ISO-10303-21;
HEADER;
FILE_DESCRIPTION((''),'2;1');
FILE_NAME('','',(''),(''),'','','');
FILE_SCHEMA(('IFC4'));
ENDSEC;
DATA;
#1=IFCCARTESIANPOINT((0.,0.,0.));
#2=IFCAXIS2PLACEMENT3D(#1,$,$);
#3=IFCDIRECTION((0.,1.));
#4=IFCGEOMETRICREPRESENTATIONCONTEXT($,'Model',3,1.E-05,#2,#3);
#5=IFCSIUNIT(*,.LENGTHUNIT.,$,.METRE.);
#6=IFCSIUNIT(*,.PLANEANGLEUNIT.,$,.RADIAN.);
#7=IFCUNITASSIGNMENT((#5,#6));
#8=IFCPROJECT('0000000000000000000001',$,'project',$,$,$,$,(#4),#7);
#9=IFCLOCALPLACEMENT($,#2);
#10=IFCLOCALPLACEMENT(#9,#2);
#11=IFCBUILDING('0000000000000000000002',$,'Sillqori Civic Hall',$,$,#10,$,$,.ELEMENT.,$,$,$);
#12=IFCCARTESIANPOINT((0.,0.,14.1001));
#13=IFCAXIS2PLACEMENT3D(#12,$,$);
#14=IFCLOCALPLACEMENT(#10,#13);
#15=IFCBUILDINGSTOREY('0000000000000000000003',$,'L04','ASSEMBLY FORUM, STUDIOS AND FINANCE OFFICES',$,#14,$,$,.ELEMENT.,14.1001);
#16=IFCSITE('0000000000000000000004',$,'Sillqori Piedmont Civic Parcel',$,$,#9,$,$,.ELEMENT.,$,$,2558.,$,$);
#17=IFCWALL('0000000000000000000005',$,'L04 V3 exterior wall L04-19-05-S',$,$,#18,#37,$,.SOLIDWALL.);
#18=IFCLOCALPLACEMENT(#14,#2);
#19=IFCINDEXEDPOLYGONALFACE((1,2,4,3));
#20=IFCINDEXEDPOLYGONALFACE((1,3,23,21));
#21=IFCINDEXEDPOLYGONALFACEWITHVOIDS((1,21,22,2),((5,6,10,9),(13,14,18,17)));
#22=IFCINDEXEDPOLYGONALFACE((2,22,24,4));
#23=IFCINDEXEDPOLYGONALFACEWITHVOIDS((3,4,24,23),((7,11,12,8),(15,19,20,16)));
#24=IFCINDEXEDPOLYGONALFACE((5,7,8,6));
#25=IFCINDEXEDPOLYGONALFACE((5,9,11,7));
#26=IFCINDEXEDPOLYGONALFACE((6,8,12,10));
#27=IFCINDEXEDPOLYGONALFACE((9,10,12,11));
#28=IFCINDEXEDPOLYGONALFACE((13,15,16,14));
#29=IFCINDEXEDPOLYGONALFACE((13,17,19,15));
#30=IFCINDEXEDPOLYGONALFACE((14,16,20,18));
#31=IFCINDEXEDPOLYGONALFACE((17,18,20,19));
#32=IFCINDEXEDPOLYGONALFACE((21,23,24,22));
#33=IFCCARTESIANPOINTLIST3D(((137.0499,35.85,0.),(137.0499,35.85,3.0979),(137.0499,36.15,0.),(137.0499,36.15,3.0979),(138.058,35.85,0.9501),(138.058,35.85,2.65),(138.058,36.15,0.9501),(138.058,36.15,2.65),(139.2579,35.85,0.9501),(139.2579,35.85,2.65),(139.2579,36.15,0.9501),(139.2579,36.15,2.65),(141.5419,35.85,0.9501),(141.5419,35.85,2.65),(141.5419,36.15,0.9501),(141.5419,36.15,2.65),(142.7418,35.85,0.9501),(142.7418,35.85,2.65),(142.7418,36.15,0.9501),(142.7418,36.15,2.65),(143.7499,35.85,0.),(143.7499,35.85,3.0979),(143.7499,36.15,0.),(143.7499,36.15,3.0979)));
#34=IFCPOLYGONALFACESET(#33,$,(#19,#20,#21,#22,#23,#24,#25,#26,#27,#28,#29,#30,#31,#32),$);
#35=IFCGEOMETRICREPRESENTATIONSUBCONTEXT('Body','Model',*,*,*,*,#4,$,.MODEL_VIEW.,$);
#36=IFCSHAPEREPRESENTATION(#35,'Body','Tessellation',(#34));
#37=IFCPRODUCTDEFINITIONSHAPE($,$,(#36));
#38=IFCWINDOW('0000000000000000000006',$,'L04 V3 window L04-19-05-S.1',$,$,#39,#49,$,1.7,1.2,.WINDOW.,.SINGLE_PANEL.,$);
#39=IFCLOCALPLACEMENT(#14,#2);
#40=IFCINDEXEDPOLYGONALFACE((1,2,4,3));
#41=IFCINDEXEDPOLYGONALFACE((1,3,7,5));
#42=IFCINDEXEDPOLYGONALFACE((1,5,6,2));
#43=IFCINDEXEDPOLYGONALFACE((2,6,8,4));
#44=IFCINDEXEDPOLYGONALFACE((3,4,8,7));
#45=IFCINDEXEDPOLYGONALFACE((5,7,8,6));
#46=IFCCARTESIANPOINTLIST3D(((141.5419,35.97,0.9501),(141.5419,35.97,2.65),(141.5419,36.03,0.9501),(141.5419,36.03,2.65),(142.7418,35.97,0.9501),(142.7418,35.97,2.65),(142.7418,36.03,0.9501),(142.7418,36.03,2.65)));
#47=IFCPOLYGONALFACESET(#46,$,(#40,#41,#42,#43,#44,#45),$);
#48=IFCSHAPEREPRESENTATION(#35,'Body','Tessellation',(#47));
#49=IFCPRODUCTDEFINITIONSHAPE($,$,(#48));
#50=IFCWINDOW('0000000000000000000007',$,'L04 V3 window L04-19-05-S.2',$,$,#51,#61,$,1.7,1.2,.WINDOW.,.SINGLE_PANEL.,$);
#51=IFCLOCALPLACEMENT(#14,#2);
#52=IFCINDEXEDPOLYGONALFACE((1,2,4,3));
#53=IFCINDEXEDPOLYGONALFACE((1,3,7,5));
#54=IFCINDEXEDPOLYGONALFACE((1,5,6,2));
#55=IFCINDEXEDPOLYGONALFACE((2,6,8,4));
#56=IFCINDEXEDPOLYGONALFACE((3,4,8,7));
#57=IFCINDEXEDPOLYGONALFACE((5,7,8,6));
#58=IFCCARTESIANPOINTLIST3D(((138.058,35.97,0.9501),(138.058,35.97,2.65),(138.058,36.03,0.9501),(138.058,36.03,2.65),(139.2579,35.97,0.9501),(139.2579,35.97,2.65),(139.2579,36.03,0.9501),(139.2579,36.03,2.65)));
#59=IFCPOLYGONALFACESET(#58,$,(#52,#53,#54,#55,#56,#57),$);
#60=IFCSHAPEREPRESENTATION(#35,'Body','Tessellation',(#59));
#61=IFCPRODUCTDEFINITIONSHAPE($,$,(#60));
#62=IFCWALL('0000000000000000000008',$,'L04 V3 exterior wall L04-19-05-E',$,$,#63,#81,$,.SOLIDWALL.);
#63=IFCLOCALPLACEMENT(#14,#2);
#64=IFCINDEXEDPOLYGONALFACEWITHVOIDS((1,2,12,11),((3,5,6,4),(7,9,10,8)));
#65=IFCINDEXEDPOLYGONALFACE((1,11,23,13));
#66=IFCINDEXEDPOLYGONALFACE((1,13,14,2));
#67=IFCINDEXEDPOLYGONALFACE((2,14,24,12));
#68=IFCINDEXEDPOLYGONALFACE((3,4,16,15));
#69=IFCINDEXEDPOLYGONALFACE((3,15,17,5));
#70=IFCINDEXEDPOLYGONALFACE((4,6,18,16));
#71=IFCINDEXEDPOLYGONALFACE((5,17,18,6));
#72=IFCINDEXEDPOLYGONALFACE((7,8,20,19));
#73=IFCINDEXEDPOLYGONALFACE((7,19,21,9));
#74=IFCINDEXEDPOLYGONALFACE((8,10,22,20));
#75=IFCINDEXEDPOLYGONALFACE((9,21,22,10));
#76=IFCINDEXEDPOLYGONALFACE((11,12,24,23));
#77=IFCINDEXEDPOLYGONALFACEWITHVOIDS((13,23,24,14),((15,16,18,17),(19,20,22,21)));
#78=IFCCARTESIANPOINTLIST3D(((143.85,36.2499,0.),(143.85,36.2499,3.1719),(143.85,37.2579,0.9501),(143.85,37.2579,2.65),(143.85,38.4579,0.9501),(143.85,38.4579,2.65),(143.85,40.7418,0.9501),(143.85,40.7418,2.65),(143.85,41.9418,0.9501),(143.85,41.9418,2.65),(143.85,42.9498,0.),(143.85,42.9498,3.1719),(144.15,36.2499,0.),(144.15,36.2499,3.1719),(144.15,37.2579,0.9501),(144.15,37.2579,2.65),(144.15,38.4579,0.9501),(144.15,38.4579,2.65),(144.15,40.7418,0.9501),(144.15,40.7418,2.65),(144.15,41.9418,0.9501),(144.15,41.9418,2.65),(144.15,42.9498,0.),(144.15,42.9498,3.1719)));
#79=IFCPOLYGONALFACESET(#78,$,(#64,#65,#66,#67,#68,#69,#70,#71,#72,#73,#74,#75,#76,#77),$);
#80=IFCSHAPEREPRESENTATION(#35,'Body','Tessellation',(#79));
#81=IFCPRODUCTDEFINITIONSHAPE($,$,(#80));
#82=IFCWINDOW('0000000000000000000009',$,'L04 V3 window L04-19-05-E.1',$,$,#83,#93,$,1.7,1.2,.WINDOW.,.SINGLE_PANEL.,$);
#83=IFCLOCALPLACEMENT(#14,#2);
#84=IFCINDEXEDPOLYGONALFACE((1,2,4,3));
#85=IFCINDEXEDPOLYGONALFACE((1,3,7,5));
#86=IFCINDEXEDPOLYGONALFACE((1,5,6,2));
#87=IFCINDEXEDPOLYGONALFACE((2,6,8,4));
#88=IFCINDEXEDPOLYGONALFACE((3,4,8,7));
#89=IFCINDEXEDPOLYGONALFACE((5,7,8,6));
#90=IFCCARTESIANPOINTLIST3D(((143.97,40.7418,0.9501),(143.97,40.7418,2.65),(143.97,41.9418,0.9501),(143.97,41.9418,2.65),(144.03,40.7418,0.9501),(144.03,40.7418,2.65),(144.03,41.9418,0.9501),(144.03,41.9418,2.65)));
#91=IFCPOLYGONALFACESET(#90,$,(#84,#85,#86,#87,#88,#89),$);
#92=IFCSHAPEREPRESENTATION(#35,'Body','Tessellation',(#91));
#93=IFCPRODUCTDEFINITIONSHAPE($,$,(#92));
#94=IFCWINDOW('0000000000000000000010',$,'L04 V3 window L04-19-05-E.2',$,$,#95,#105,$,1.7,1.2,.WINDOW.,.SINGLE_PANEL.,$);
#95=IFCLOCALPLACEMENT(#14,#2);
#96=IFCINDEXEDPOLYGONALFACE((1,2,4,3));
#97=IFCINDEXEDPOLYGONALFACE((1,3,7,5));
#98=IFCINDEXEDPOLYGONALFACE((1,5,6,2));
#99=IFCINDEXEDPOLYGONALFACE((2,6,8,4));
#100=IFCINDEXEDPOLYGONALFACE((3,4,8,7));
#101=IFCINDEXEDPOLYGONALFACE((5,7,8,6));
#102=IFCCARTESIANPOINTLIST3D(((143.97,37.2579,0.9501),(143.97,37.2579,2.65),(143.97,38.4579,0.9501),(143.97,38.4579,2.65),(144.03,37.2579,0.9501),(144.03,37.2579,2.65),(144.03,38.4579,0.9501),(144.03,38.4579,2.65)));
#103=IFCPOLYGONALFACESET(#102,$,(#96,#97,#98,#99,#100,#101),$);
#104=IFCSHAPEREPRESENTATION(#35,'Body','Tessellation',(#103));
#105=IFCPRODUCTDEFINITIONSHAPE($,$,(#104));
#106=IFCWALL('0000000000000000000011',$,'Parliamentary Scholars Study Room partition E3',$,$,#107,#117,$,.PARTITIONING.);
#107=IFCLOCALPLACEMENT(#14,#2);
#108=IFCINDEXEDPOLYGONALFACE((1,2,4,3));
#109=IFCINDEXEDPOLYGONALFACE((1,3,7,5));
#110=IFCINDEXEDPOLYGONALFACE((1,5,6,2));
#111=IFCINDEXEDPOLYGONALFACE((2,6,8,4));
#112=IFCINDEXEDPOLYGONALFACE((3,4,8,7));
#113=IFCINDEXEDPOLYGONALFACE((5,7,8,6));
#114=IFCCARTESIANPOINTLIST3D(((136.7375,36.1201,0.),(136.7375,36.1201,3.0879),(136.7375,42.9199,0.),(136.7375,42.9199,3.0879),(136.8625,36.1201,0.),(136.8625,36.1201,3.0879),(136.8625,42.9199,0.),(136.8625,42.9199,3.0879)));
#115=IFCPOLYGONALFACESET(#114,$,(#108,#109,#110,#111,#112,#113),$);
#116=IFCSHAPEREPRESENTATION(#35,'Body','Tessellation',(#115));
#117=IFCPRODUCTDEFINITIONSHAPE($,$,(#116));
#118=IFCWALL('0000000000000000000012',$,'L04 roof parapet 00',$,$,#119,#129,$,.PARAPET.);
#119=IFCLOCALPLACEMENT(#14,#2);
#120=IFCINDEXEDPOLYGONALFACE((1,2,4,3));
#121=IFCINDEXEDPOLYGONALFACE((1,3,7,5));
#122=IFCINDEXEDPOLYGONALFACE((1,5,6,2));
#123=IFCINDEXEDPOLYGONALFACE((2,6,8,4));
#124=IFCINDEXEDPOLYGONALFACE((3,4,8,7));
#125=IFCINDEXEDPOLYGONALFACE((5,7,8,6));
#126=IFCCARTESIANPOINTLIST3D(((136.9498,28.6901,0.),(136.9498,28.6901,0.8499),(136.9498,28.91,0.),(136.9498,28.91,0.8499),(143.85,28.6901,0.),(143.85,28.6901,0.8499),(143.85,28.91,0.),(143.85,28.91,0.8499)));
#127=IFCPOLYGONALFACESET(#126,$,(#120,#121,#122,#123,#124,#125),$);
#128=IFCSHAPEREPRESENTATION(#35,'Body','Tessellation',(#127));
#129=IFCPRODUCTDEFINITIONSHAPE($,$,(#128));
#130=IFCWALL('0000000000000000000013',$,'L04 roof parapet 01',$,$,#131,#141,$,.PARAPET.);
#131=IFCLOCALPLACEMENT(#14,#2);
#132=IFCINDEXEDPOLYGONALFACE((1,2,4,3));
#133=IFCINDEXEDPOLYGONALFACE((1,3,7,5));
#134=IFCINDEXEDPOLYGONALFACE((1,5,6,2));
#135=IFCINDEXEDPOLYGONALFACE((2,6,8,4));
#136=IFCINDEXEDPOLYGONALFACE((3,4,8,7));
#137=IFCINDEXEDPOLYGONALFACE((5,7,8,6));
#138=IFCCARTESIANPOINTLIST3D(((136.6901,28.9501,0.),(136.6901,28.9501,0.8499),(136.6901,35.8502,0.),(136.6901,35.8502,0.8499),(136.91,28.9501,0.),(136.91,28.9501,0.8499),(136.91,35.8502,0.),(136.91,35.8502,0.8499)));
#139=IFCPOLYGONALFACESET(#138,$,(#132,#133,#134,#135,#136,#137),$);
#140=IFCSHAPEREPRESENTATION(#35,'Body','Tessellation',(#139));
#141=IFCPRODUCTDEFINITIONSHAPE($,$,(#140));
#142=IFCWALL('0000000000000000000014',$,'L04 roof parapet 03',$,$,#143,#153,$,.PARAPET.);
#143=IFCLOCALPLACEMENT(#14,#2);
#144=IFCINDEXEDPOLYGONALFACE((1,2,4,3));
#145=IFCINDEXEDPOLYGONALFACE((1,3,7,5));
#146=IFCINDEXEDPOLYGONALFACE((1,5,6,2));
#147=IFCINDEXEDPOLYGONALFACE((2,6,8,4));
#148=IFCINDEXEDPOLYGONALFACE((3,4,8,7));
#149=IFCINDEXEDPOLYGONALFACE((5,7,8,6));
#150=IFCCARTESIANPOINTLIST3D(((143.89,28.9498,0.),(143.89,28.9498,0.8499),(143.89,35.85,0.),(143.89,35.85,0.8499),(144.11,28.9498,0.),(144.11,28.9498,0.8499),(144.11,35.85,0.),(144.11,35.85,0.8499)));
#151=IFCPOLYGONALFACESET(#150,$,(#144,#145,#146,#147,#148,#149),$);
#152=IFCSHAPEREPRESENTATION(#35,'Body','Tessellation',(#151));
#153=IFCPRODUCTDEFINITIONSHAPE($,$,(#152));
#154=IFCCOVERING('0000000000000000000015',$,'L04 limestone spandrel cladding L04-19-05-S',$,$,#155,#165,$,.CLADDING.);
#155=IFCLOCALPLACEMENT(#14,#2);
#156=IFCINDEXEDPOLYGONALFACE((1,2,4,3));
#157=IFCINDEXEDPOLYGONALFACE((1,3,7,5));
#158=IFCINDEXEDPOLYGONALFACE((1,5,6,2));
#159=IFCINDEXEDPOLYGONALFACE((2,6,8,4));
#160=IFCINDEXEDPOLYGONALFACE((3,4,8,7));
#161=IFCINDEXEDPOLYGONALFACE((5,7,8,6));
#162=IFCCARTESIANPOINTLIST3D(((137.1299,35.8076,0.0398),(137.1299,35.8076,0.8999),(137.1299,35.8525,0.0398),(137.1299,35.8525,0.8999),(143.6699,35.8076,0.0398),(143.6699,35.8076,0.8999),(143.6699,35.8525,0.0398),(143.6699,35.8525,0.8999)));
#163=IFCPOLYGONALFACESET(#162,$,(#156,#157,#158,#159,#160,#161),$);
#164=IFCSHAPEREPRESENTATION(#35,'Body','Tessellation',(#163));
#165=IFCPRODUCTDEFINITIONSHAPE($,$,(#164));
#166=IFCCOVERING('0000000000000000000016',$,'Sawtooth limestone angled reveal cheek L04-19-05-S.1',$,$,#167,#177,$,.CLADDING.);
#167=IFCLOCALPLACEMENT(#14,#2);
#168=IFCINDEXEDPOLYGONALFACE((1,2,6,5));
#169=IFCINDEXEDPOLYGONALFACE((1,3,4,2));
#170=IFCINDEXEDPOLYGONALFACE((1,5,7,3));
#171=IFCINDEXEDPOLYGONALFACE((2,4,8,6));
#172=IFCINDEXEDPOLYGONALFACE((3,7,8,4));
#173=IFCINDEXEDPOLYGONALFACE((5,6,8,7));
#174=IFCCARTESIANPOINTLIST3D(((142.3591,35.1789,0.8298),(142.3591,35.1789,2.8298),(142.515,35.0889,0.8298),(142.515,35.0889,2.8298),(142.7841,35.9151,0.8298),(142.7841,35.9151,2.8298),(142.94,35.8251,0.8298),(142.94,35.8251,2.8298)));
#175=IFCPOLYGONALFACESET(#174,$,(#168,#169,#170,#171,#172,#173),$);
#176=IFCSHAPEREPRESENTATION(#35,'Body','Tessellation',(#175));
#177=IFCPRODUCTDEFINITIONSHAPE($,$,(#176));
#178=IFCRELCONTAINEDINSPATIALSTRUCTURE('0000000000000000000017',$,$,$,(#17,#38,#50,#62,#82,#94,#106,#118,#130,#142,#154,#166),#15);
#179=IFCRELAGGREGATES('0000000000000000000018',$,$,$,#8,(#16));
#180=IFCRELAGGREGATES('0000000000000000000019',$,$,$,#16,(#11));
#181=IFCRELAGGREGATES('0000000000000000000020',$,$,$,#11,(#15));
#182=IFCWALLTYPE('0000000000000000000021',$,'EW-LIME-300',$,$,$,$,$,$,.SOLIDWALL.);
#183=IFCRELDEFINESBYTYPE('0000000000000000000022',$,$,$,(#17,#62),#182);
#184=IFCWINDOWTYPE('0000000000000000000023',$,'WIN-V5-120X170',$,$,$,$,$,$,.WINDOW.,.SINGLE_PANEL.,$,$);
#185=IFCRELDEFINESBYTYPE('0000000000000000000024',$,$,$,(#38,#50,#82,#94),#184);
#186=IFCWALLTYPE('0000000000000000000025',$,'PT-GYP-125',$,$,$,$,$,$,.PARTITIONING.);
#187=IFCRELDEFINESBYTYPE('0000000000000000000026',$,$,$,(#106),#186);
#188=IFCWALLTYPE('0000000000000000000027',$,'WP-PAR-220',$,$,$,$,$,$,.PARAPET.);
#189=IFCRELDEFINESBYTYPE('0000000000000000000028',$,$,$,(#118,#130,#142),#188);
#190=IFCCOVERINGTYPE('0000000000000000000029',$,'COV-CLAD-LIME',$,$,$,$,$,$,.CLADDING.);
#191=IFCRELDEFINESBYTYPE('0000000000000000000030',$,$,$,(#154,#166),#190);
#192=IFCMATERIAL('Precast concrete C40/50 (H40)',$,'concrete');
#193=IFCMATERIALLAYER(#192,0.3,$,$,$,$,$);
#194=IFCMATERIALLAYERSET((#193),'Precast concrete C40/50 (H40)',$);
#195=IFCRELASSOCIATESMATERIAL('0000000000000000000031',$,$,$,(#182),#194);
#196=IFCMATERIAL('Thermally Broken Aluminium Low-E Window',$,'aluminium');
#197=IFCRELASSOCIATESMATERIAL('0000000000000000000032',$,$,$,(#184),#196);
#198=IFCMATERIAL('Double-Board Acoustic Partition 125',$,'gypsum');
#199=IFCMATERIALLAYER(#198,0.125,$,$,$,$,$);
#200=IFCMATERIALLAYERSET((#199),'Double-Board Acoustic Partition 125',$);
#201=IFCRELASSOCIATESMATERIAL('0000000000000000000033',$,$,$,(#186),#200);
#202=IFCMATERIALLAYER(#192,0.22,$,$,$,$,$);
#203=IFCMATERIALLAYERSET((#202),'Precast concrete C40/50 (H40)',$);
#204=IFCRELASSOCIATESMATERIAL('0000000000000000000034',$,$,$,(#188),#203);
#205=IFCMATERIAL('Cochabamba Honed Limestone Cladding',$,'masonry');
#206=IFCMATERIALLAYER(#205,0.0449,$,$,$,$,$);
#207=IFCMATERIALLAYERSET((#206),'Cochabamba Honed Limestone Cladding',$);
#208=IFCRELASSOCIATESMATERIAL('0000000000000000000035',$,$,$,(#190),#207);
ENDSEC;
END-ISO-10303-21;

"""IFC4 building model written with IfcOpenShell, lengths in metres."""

from ifc_helpers import new_model, si_unit, direction, frame, frame_2d, origin, place, context, subcontext, project, spatial, rectangle, extrude, material, layer, layer_set, type_object, element, fill, save


model = new_model("IFC4")

# Units and contexts
model_context = context("Model", 3, precision=1e-05, world=origin(), true_north=direction((0.0, 1.0)))
body_context = subcontext(model_context, "Body", "Model", "MODEL_VIEW")
ifc_project = project(units=[si_unit("LENGTHUNIT", "METRE"), si_unit("PLANEANGLEUNIT", "RADIAN")], contexts=[model_context])

# Site, building, storey
site_placement = place(None, origin())
site = spatial("IfcSite", under=ifc_project, at=site_placement, Name="Sillqori Piedmont Civic Parcel", CompositionType="ELEMENT", RefElevation=2558.0)
building_placement = place(site_placement, origin())
building = spatial("IfcBuilding", under=site, at=building_placement, Name="Sillqori Civic Hall", CompositionType="ELEMENT")
storey_placement = place(building_placement, frame((0.0, 0.0, 14.1001)))
storey = spatial("IfcBuildingStorey", under=building, at=storey_placement, Name="L04", Description="ASSEMBLY FORUM, STUDIOS AND FINANCE OFFICES", CompositionType="ELEMENT", Elevation=14.1001)

# Shared definitions
ifc_material_1 = material(Name="Precast concrete C40/50 (H40)", Category="concrete")

# Shared definitions
ifc_layer_1 = layer(ifc_material_1, 0.3)
ifc_layer_set_1 = layer_set([ifc_layer_1], Name="Precast concrete C40/50 (H40)")
wall_type_1 = type_object("IfcWallType", Name="EW-LIME-300", PredefinedType="SOLIDWALL", material=ifc_layer_set_1)

# Walls, openings, windows
wall_1_placement = place(storey_placement, frame((143.75, 36.0, 0.0), z_axis=(0.0, 0.0, 1.0), x_axis=(-1.0, 0.0, 0.0)))
wall_1 = element("IfcWall", 1, at=wall_1_placement, inside=storey, type_object=wall_type_1, Name="L04 V3 exterior wall L04-19-05-S", PredefinedType="SOLIDWALL", context=body_context, shape_type="SweptSolid", body=[
    extrude(rectangle(XDim=6.7, YDim=0.3, at=frame_2d((3.3501, 0.0))), origin(), (0.0, 0.0, 1.0), 3.0979),
])
opening_1_placement = place(wall_1_placement, frame((1.0081, 0.0, 0.95)))
opening_1 = element("IfcOpeningElement", 2, at=opening_1_placement, cuts=wall_1, PredefinedType="OPENING", context=body_context, shape_type="SweptSolid", body=[
    extrude(rectangle(XDim=1.2, YDim=1.7, at=frame_2d((0.6001, 0.8501))), frame((0.0, 0.1599, 0.0), z_axis=(0.0, -1.0, 0.0), x_axis=(1.0, 0.0, 0.0)), (0.0, 0.0, 1.0), 0.3201),
])
opening_2_placement = place(wall_1_placement, frame((4.4919, 0.0, 0.95)))
opening_2 = element("IfcOpeningElement", 3, at=opening_2_placement, cuts=wall_1, PredefinedType="OPENING", context=body_context, shape_type="SweptSolid", body=[
    extrude(rectangle(XDim=1.2, YDim=1.7, at=frame_2d((0.6001, 0.8501))), frame((0.0, 0.1599, 0.0), z_axis=(0.0, -1.0, 0.0), x_axis=(1.0, 0.0, 0.0)), (0.0, 0.0, 1.0), 0.3201),
])
ifc_material_2 = material(Name="Thermally Broken Aluminium Low-E Window", Category="aluminium")
window_type = type_object("IfcWindowType", Name="WIN-V5-120X170", PartitioningType="SINGLE_PANEL", PredefinedType="WINDOW", material=ifc_material_2)
window_1_placement = place(opening_1_placement, origin())
window_1 = element("IfcWindow", 4, at=window_1_placement, inside=storey, type_object=window_type, Name="L04 V3 window L04-19-05-S.1", OverallHeight=1.7, OverallWidth=1.2, PartitioningType="SINGLE_PANEL", PredefinedType="WINDOW", context=body_context, shape_type="SweptSolid", body=[
    extrude(rectangle(XDim=1.2, YDim=1.7, at=frame_2d((0.6001, 0.8501))), frame((0.0, 0.03, 0.0), z_axis=(0.0, -1.0, 0.0), x_axis=(1.0, 0.0, 0.0)), (0.0, 0.0, 1.0), 0.0601),
])
fill(opening_1, window_1)
window_2_placement = place(opening_2_placement, origin())
window_2 = element("IfcWindow", 5, at=window_2_placement, inside=storey, type_object=window_type, Name="L04 V3 window L04-19-05-S.2", OverallHeight=1.7, OverallWidth=1.2, PartitioningType="SINGLE_PANEL", PredefinedType="WINDOW", context=body_context, shape_type="SweptSolid", body=[
    extrude(rectangle(XDim=1.2, YDim=1.7, at=frame_2d((0.6001, 0.8501))), frame((0.0, 0.03, 0.0), z_axis=(0.0, -1.0, 0.0), x_axis=(1.0, 0.0, 0.0)), (0.0, 0.0, 1.0), 0.0601),
])
fill(opening_2, window_2)
wall_2_placement = place(storey_placement, frame((144.0, 42.95, 0.0), z_axis=(0.0, 0.0, 1.0), x_axis=(0.0, -1.0, 0.0)))
wall_2 = element("IfcWall", 6, at=wall_2_placement, inside=storey, type_object=wall_type_1, Name="L04 V3 exterior wall L04-19-05-E", PredefinedType="SOLIDWALL", context=body_context, shape_type="SweptSolid", body=[
    extrude(rectangle(XDim=6.7, YDim=0.3, at=frame_2d((3.3501, 0.0))), origin(), (0.0, 0.0, 1.0), 3.1719),
])
opening_3_placement = place(wall_2_placement, frame((1.0081, 0.0, 0.95)))
opening_3 = element("IfcOpeningElement", 7, at=opening_3_placement, cuts=wall_2, PredefinedType="OPENING", context=body_context, shape_type="SweptSolid", body=[
    extrude(rectangle(XDim=1.2, YDim=1.7, at=frame_2d((0.6001, 0.8501))), frame((0.0, 0.1599, 0.0), z_axis=(0.0, -1.0, 0.0), x_axis=(1.0, 0.0, 0.0)), (0.0, 0.0, 1.0), 0.3201),
])
opening_4_placement = place(wall_2_placement, frame((4.4919, 0.0, 0.95)))
opening_4 = element("IfcOpeningElement", 8, at=opening_4_placement, cuts=wall_2, PredefinedType="OPENING", context=body_context, shape_type="SweptSolid", body=[
    extrude(rectangle(XDim=1.2, YDim=1.7, at=frame_2d((0.6001, 0.8501))), frame((0.0, 0.1599, 0.0), z_axis=(0.0, -1.0, 0.0), x_axis=(1.0, 0.0, 0.0)), (0.0, 0.0, 1.0), 0.3201),
])
window_3_placement = place(opening_3_placement, origin())
window_3 = element("IfcWindow", 9, at=window_3_placement, inside=storey, type_object=window_type, Name="L04 V3 window L04-19-05-E.1", OverallHeight=1.7, OverallWidth=1.2, PartitioningType="SINGLE_PANEL", PredefinedType="WINDOW", context=body_context, shape_type="SweptSolid", body=[
    extrude(rectangle(XDim=1.2, YDim=1.7, at=frame_2d((0.6001, 0.8501))), frame((0.0, 0.03, 0.0), z_axis=(0.0, -1.0, 0.0), x_axis=(1.0, 0.0, 0.0)), (0.0, 0.0, 1.0), 0.0601),
])
fill(opening_3, window_3)
window_4_placement = place(opening_4_placement, origin())
window_4 = element("IfcWindow", 10, at=window_4_placement, inside=storey, type_object=window_type, Name="L04 V3 window L04-19-05-E.2", OverallHeight=1.7, OverallWidth=1.2, PartitioningType="SINGLE_PANEL", PredefinedType="WINDOW", context=body_context, shape_type="SweptSolid", body=[
    extrude(rectangle(XDim=1.2, YDim=1.7, at=frame_2d((0.6001, 0.8501))), frame((0.0, 0.03, 0.0), z_axis=(0.0, -1.0, 0.0), x_axis=(1.0, 0.0, 0.0)), (0.0, 0.0, 1.0), 0.0601),
])
fill(opening_4, window_4)

# Walls
ifc_material_3 = material(Name="Double-Board Acoustic Partition 125", Category="gypsum")
ifc_layer_2 = layer(ifc_material_3, 0.125)
ifc_layer_set_2 = layer_set([ifc_layer_2], Name="Double-Board Acoustic Partition 125")
wall_type_2 = type_object("IfcWallType", Name="PT-GYP-125", PredefinedType="PARTITIONING", material=ifc_layer_set_2)
wall_3_placement = place(storey_placement, frame((136.8, 42.9199, 0.0), z_axis=(0.0, 0.0, 1.0), x_axis=(0.0, -1.0, 0.0)))
element("IfcWall", 11, at=wall_3_placement, inside=storey, type_object=wall_type_2, Name="Parliamentary Scholars Study Room partition E3", PredefinedType="PARTITIONING", context=body_context, shape_type="SweptSolid", body=[
    extrude(rectangle(XDim=6.7998, YDim=0.125, at=frame_2d((3.3999, 0.0))), origin(), (0.0, 0.0, 1.0), 3.0879),
])
ifc_layer_3 = layer(ifc_material_1, 0.22)
ifc_layer_set_3 = layer_set([ifc_layer_3], Name="Precast concrete C40/50 (H40)")
wall_type_3 = type_object("IfcWallType", Name="WP-PAR-220", PredefinedType="PARAPET", material=ifc_layer_set_3)
for number, where, z_axis, x_axis, name in (
    (12, (143.8501, 28.8, 0.0), (0.0, 0.0, 1.0), (-1.0, 0.0, 0.0), "L04 roof parapet 00"),
    (13, (136.8, 28.95, 0.0), (0.0, 0.0, 1.0), (0.0, 1.0, 0.0), "L04 roof parapet 01"),
    (14, (144.0, 35.8501, 0.0), (0.0, 0.0, 1.0), (0.0, -1.0, 0.0), "L04 roof parapet 03"),
):
    element("IfcWall", number, at=place(storey_placement, frame(where, z_axis=z_axis, x_axis=x_axis)), inside=storey, type_object=wall_type_3, Name=name, PredefinedType="PARAPET", context=body_context, shape_type="SweptSolid", body=[
        extrude(rectangle(XDim=6.9001, YDim=0.22, at=frame_2d((3.4502, 0.0))), origin(), (0.0, 0.0, 1.0), 0.8499),
    ])

# Coverings
ifc_material_4 = material(Name="Cochabamba Honed Limestone Cladding", Category="masonry")
ifc_layer_4 = layer(ifc_material_4, 0.0449)
ifc_layer_set_4 = layer_set([ifc_layer_4], Name="Cochabamba Honed Limestone Cladding")
covering_type = type_object("IfcCoveringType", Name="COV-CLAD-LIME", PredefinedType="CLADDING", material=ifc_layer_set_4)
covering_1_placement = place(storey_placement, frame((143.6699, 35.8301, 0.0398), z_axis=(0.0, 0.0, 1.0), x_axis=(-1.0, 0.0, 0.0)))
element("IfcCovering", 15, at=covering_1_placement, inside=storey, type_object=covering_type, Name="L04 limestone spandrel cladding L04-19-05-S", PredefinedType="CLADDING", context=body_context, shape_type="SweptSolid", body=[
    extrude(rectangle(XDim=6.54, YDim=0.0449, at=frame_2d((3.27, 0.0))), origin(), (0.0, 0.0, 1.0), 0.8601),
])
covering_2_placement = place(storey_placement, frame((142.8621, 35.8701, 0.8298), z_axis=(0.0, 0.0, 1.0), x_axis=(-0.499938, -0.866061, 0.0)))
element("IfcCovering", 16, at=covering_2_placement, inside=storey, type_object=covering_type, Name="Sawtooth limestone angled reveal cheek L04-19-05-S.1", PredefinedType="CLADDING", context=body_context, shape_type="SweptSolid", body=[
    extrude(rectangle(XDim=0.8501, YDim=0.1799, at=frame_2d((0.425, 0.0))), origin(), (0.0, 0.0, 1.0), 2.0),
])

save(model, "model.ifc")
